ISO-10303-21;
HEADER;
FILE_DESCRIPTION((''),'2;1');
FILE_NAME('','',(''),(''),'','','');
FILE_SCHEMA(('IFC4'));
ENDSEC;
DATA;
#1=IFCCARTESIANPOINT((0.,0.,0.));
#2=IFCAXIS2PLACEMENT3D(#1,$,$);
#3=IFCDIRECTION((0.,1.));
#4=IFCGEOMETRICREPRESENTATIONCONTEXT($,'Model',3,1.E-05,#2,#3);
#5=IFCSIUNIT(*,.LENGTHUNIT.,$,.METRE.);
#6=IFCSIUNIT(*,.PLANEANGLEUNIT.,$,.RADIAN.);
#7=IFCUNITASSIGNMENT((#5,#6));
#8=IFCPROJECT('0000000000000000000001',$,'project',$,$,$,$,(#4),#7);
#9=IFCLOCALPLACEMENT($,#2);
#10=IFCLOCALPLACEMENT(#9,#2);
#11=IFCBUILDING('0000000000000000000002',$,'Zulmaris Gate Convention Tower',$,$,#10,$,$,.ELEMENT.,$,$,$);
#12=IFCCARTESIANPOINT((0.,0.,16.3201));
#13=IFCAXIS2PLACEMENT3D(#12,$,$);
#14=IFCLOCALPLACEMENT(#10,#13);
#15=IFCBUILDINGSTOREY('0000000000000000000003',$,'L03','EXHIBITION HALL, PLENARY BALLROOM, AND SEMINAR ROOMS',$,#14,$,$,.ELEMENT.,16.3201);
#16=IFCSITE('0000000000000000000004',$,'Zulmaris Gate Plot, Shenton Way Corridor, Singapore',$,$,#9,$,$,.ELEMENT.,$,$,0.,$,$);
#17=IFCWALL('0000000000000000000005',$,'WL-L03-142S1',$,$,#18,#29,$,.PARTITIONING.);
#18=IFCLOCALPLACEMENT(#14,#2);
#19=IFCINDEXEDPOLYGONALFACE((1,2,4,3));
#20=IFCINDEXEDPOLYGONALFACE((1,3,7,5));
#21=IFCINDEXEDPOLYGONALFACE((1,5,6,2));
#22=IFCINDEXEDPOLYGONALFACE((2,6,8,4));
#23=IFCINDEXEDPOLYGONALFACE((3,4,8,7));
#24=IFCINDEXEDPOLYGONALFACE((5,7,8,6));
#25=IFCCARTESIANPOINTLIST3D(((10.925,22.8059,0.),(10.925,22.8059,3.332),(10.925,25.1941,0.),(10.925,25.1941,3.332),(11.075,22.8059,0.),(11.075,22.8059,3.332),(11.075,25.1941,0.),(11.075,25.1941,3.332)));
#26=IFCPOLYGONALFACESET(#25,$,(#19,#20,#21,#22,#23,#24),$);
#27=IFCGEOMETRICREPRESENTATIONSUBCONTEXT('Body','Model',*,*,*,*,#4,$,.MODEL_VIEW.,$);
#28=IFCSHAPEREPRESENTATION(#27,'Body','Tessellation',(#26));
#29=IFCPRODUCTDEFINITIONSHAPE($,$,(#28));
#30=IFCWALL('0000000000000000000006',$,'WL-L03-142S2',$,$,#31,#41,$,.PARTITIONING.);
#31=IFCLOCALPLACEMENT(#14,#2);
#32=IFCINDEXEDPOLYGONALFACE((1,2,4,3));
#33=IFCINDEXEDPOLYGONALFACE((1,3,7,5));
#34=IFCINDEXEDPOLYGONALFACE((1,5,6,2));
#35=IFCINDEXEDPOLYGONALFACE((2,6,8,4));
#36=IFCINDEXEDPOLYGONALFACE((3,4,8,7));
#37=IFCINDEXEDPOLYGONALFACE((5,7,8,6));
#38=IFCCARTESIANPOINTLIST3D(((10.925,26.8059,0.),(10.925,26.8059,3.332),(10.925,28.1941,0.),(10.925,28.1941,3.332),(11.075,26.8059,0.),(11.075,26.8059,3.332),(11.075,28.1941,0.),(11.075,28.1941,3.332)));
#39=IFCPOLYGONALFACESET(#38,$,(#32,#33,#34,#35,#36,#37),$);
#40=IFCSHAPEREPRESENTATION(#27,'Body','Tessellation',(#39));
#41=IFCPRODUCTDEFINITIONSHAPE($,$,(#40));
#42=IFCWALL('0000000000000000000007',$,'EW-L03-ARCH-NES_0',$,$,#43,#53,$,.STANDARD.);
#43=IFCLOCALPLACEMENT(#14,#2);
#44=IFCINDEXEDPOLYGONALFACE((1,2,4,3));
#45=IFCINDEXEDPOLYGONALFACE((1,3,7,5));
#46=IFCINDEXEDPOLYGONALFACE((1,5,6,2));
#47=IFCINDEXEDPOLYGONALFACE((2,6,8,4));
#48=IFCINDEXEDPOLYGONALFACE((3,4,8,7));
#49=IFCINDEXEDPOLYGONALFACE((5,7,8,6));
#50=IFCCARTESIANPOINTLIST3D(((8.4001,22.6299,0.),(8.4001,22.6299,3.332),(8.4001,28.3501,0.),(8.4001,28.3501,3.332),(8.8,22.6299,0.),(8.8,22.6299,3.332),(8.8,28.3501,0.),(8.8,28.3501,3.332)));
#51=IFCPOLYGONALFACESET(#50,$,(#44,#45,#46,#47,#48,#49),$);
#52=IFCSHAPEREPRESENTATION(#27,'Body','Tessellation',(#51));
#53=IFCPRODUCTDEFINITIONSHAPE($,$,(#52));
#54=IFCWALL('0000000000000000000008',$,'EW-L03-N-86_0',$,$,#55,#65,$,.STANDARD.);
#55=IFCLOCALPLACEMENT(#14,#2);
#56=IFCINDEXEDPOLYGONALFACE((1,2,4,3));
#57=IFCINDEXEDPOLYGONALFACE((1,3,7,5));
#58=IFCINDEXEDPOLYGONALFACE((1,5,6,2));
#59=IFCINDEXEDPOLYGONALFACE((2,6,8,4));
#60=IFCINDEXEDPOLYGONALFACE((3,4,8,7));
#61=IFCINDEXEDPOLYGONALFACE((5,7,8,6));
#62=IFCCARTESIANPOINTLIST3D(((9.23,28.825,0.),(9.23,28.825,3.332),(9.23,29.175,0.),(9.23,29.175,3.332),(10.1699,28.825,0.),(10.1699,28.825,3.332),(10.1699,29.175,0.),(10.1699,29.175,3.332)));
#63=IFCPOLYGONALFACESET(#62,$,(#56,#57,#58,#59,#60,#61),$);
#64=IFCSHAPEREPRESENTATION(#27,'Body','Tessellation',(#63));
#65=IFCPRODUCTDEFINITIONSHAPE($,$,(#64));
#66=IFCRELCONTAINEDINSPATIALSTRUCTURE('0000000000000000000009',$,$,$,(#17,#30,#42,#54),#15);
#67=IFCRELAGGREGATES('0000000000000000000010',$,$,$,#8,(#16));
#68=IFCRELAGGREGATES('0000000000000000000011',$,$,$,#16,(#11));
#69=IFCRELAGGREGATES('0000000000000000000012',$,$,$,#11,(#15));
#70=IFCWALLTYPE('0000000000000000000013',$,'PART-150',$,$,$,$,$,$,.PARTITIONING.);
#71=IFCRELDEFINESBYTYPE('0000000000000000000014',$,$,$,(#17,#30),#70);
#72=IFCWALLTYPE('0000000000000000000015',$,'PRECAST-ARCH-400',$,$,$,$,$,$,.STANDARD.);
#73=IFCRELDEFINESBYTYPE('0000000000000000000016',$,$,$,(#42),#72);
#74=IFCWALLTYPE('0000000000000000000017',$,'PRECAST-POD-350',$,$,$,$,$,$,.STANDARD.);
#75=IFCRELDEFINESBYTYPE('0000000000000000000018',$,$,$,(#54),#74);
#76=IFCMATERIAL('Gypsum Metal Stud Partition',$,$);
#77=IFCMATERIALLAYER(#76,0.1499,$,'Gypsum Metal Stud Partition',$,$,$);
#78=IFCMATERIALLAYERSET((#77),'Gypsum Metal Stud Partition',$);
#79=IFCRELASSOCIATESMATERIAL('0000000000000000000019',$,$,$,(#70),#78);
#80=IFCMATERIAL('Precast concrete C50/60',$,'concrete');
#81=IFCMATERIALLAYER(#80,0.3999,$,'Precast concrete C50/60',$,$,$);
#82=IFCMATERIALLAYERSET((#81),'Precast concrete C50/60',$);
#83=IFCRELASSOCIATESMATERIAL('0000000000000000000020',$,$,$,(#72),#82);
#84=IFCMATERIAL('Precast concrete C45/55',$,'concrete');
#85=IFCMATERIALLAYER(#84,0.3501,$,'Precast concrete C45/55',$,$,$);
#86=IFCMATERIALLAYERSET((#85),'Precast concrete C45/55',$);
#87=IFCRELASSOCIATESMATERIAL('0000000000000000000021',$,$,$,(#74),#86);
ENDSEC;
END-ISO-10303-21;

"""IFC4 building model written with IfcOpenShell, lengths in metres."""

from ifc_helpers import new_model, si_unit, direction, frame, frame_2d, origin, place, context, subcontext, project, spatial, rectangle, extrude, material, layer, layer_set, type_object, element, save


model = new_model("IFC4")

# Units and contexts
model_context = context("Model", 3, precision=1e-05, world=origin(), true_north=direction((0.0, 1.0)))
body_context = subcontext(model_context, "Body", "Model", "MODEL_VIEW")
ifc_project = project(units=[si_unit("LENGTHUNIT", "METRE"), si_unit("PLANEANGLEUNIT", "RADIAN")], contexts=[model_context])

# Site, building, storey
site_placement = place(None, origin())
site = spatial("IfcSite", under=ifc_project, at=site_placement, Name="Zulmaris Gate Plot, Shenton Way Corridor, Singapore", CompositionType="ELEMENT", RefElevation=0.0)
building_placement = place(site_placement, origin())
building = spatial("IfcBuilding", under=site, at=building_placement, Name="Zulmaris Gate Convention Tower", CompositionType="ELEMENT")
storey_placement = place(building_placement, frame((0.0, 0.0, 16.3201)))
storey = spatial("IfcBuildingStorey", under=building, at=storey_placement, Name="L03", Description="EXHIBITION HALL, PLENARY BALLROOM, AND SEMINAR ROOMS", CompositionType="ELEMENT", Elevation=16.3201)

# Walls
ifc_material_1 = material(Name="Gypsum Metal Stud Partition")
ifc_layer_1 = layer(ifc_material_1, 0.1499, Name="Gypsum Metal Stud Partition")
ifc_layer_set_1 = layer_set([ifc_layer_1], Name="Gypsum Metal Stud Partition")
wall_type_1 = type_object("IfcWallType", Name="PART-150", PredefinedType="PARTITIONING", material=ifc_layer_set_1)
wall_1_placement = place(storey_placement, frame((11.0, 22.8059, 0.0), z_axis=(0.0, 0.0, 1.0), x_axis=(0.0, 1.0, 0.0)))
element("IfcWall", 1, at=wall_1_placement, inside=storey, type_object=wall_type_1, Name="WL-L03-142S1", PredefinedType="PARTITIONING", context=body_context, shape_type="SweptSolid", body=[
    extrude(rectangle(XDim=2.3882, YDim=0.1499, at=frame_2d((1.1941, 0.0))), origin(), (0.0, 0.0, 1.0), 3.332),
])
wall_2_placement = place(storey_placement, frame((11.0, 26.8059, 0.0), z_axis=(0.0, 0.0, 1.0), x_axis=(0.0, 1.0, 0.0)))
element("IfcWall", 2, at=wall_2_placement, inside=storey, type_object=wall_type_1, Name="WL-L03-142S2", PredefinedType="PARTITIONING", context=body_context, shape_type="SweptSolid", body=[
    extrude(rectangle(XDim=1.3882, YDim=0.1499, at=frame_2d((0.6941, 0.0))), origin(), (0.0, 0.0, 1.0), 3.332),
])
ifc_material_2 = material(Name="Precast concrete C50/60", Category="concrete")
ifc_layer_2 = layer(ifc_material_2, 0.3999, Name="Precast concrete C50/60")
ifc_layer_set_2 = layer_set([ifc_layer_2], Name="Precast concrete C50/60")
wall_type_2 = type_object("IfcWallType", Name="PRECAST-ARCH-400", PredefinedType="STANDARD", material=ifc_layer_set_2)
wall_3_placement = place(storey_placement, frame((8.6001, 28.3501, 0.0), z_axis=(0.0, 0.0, 1.0), x_axis=(0.0, -1.0, 0.0)))
element("IfcWall", 3, at=wall_3_placement, inside=storey, type_object=wall_type_2, Name="EW-L03-ARCH-NES_0", PredefinedType="STANDARD", context=body_context, shape_type="SweptSolid", body=[
    extrude(rectangle(XDim=5.7202, YDim=0.3999, at=frame_2d((2.8601, 0.0))), origin(), (0.0, 0.0, 1.0), 3.332),
])
ifc_material_3 = material(Name="Precast concrete C45/55", Category="concrete")
ifc_layer_3 = layer(ifc_material_3, 0.3501, Name="Precast concrete C45/55")
ifc_layer_set_3 = layer_set([ifc_layer_3], Name="Precast concrete C45/55")
wall_type_3 = type_object("IfcWallType", Name="PRECAST-POD-350", PredefinedType="STANDARD", material=ifc_layer_set_3)
wall_4_placement = place(storey_placement, frame((10.1699, 29.0, 0.0), z_axis=(0.0, 0.0, 1.0), x_axis=(-1.0, 0.0, 0.0)))
element("IfcWall", 4, at=wall_4_placement, inside=storey, type_object=wall_type_3, Name="EW-L03-N-86_0", PredefinedType="STANDARD", context=body_context, shape_type="SweptSolid", body=[
    extrude(rectangle(XDim=0.9399, YDim=0.3501, at=frame_2d((0.47, 0.0))), origin(), (0.0, 0.0, 1.0), 3.332),
])

save(model, "model.ifc")
